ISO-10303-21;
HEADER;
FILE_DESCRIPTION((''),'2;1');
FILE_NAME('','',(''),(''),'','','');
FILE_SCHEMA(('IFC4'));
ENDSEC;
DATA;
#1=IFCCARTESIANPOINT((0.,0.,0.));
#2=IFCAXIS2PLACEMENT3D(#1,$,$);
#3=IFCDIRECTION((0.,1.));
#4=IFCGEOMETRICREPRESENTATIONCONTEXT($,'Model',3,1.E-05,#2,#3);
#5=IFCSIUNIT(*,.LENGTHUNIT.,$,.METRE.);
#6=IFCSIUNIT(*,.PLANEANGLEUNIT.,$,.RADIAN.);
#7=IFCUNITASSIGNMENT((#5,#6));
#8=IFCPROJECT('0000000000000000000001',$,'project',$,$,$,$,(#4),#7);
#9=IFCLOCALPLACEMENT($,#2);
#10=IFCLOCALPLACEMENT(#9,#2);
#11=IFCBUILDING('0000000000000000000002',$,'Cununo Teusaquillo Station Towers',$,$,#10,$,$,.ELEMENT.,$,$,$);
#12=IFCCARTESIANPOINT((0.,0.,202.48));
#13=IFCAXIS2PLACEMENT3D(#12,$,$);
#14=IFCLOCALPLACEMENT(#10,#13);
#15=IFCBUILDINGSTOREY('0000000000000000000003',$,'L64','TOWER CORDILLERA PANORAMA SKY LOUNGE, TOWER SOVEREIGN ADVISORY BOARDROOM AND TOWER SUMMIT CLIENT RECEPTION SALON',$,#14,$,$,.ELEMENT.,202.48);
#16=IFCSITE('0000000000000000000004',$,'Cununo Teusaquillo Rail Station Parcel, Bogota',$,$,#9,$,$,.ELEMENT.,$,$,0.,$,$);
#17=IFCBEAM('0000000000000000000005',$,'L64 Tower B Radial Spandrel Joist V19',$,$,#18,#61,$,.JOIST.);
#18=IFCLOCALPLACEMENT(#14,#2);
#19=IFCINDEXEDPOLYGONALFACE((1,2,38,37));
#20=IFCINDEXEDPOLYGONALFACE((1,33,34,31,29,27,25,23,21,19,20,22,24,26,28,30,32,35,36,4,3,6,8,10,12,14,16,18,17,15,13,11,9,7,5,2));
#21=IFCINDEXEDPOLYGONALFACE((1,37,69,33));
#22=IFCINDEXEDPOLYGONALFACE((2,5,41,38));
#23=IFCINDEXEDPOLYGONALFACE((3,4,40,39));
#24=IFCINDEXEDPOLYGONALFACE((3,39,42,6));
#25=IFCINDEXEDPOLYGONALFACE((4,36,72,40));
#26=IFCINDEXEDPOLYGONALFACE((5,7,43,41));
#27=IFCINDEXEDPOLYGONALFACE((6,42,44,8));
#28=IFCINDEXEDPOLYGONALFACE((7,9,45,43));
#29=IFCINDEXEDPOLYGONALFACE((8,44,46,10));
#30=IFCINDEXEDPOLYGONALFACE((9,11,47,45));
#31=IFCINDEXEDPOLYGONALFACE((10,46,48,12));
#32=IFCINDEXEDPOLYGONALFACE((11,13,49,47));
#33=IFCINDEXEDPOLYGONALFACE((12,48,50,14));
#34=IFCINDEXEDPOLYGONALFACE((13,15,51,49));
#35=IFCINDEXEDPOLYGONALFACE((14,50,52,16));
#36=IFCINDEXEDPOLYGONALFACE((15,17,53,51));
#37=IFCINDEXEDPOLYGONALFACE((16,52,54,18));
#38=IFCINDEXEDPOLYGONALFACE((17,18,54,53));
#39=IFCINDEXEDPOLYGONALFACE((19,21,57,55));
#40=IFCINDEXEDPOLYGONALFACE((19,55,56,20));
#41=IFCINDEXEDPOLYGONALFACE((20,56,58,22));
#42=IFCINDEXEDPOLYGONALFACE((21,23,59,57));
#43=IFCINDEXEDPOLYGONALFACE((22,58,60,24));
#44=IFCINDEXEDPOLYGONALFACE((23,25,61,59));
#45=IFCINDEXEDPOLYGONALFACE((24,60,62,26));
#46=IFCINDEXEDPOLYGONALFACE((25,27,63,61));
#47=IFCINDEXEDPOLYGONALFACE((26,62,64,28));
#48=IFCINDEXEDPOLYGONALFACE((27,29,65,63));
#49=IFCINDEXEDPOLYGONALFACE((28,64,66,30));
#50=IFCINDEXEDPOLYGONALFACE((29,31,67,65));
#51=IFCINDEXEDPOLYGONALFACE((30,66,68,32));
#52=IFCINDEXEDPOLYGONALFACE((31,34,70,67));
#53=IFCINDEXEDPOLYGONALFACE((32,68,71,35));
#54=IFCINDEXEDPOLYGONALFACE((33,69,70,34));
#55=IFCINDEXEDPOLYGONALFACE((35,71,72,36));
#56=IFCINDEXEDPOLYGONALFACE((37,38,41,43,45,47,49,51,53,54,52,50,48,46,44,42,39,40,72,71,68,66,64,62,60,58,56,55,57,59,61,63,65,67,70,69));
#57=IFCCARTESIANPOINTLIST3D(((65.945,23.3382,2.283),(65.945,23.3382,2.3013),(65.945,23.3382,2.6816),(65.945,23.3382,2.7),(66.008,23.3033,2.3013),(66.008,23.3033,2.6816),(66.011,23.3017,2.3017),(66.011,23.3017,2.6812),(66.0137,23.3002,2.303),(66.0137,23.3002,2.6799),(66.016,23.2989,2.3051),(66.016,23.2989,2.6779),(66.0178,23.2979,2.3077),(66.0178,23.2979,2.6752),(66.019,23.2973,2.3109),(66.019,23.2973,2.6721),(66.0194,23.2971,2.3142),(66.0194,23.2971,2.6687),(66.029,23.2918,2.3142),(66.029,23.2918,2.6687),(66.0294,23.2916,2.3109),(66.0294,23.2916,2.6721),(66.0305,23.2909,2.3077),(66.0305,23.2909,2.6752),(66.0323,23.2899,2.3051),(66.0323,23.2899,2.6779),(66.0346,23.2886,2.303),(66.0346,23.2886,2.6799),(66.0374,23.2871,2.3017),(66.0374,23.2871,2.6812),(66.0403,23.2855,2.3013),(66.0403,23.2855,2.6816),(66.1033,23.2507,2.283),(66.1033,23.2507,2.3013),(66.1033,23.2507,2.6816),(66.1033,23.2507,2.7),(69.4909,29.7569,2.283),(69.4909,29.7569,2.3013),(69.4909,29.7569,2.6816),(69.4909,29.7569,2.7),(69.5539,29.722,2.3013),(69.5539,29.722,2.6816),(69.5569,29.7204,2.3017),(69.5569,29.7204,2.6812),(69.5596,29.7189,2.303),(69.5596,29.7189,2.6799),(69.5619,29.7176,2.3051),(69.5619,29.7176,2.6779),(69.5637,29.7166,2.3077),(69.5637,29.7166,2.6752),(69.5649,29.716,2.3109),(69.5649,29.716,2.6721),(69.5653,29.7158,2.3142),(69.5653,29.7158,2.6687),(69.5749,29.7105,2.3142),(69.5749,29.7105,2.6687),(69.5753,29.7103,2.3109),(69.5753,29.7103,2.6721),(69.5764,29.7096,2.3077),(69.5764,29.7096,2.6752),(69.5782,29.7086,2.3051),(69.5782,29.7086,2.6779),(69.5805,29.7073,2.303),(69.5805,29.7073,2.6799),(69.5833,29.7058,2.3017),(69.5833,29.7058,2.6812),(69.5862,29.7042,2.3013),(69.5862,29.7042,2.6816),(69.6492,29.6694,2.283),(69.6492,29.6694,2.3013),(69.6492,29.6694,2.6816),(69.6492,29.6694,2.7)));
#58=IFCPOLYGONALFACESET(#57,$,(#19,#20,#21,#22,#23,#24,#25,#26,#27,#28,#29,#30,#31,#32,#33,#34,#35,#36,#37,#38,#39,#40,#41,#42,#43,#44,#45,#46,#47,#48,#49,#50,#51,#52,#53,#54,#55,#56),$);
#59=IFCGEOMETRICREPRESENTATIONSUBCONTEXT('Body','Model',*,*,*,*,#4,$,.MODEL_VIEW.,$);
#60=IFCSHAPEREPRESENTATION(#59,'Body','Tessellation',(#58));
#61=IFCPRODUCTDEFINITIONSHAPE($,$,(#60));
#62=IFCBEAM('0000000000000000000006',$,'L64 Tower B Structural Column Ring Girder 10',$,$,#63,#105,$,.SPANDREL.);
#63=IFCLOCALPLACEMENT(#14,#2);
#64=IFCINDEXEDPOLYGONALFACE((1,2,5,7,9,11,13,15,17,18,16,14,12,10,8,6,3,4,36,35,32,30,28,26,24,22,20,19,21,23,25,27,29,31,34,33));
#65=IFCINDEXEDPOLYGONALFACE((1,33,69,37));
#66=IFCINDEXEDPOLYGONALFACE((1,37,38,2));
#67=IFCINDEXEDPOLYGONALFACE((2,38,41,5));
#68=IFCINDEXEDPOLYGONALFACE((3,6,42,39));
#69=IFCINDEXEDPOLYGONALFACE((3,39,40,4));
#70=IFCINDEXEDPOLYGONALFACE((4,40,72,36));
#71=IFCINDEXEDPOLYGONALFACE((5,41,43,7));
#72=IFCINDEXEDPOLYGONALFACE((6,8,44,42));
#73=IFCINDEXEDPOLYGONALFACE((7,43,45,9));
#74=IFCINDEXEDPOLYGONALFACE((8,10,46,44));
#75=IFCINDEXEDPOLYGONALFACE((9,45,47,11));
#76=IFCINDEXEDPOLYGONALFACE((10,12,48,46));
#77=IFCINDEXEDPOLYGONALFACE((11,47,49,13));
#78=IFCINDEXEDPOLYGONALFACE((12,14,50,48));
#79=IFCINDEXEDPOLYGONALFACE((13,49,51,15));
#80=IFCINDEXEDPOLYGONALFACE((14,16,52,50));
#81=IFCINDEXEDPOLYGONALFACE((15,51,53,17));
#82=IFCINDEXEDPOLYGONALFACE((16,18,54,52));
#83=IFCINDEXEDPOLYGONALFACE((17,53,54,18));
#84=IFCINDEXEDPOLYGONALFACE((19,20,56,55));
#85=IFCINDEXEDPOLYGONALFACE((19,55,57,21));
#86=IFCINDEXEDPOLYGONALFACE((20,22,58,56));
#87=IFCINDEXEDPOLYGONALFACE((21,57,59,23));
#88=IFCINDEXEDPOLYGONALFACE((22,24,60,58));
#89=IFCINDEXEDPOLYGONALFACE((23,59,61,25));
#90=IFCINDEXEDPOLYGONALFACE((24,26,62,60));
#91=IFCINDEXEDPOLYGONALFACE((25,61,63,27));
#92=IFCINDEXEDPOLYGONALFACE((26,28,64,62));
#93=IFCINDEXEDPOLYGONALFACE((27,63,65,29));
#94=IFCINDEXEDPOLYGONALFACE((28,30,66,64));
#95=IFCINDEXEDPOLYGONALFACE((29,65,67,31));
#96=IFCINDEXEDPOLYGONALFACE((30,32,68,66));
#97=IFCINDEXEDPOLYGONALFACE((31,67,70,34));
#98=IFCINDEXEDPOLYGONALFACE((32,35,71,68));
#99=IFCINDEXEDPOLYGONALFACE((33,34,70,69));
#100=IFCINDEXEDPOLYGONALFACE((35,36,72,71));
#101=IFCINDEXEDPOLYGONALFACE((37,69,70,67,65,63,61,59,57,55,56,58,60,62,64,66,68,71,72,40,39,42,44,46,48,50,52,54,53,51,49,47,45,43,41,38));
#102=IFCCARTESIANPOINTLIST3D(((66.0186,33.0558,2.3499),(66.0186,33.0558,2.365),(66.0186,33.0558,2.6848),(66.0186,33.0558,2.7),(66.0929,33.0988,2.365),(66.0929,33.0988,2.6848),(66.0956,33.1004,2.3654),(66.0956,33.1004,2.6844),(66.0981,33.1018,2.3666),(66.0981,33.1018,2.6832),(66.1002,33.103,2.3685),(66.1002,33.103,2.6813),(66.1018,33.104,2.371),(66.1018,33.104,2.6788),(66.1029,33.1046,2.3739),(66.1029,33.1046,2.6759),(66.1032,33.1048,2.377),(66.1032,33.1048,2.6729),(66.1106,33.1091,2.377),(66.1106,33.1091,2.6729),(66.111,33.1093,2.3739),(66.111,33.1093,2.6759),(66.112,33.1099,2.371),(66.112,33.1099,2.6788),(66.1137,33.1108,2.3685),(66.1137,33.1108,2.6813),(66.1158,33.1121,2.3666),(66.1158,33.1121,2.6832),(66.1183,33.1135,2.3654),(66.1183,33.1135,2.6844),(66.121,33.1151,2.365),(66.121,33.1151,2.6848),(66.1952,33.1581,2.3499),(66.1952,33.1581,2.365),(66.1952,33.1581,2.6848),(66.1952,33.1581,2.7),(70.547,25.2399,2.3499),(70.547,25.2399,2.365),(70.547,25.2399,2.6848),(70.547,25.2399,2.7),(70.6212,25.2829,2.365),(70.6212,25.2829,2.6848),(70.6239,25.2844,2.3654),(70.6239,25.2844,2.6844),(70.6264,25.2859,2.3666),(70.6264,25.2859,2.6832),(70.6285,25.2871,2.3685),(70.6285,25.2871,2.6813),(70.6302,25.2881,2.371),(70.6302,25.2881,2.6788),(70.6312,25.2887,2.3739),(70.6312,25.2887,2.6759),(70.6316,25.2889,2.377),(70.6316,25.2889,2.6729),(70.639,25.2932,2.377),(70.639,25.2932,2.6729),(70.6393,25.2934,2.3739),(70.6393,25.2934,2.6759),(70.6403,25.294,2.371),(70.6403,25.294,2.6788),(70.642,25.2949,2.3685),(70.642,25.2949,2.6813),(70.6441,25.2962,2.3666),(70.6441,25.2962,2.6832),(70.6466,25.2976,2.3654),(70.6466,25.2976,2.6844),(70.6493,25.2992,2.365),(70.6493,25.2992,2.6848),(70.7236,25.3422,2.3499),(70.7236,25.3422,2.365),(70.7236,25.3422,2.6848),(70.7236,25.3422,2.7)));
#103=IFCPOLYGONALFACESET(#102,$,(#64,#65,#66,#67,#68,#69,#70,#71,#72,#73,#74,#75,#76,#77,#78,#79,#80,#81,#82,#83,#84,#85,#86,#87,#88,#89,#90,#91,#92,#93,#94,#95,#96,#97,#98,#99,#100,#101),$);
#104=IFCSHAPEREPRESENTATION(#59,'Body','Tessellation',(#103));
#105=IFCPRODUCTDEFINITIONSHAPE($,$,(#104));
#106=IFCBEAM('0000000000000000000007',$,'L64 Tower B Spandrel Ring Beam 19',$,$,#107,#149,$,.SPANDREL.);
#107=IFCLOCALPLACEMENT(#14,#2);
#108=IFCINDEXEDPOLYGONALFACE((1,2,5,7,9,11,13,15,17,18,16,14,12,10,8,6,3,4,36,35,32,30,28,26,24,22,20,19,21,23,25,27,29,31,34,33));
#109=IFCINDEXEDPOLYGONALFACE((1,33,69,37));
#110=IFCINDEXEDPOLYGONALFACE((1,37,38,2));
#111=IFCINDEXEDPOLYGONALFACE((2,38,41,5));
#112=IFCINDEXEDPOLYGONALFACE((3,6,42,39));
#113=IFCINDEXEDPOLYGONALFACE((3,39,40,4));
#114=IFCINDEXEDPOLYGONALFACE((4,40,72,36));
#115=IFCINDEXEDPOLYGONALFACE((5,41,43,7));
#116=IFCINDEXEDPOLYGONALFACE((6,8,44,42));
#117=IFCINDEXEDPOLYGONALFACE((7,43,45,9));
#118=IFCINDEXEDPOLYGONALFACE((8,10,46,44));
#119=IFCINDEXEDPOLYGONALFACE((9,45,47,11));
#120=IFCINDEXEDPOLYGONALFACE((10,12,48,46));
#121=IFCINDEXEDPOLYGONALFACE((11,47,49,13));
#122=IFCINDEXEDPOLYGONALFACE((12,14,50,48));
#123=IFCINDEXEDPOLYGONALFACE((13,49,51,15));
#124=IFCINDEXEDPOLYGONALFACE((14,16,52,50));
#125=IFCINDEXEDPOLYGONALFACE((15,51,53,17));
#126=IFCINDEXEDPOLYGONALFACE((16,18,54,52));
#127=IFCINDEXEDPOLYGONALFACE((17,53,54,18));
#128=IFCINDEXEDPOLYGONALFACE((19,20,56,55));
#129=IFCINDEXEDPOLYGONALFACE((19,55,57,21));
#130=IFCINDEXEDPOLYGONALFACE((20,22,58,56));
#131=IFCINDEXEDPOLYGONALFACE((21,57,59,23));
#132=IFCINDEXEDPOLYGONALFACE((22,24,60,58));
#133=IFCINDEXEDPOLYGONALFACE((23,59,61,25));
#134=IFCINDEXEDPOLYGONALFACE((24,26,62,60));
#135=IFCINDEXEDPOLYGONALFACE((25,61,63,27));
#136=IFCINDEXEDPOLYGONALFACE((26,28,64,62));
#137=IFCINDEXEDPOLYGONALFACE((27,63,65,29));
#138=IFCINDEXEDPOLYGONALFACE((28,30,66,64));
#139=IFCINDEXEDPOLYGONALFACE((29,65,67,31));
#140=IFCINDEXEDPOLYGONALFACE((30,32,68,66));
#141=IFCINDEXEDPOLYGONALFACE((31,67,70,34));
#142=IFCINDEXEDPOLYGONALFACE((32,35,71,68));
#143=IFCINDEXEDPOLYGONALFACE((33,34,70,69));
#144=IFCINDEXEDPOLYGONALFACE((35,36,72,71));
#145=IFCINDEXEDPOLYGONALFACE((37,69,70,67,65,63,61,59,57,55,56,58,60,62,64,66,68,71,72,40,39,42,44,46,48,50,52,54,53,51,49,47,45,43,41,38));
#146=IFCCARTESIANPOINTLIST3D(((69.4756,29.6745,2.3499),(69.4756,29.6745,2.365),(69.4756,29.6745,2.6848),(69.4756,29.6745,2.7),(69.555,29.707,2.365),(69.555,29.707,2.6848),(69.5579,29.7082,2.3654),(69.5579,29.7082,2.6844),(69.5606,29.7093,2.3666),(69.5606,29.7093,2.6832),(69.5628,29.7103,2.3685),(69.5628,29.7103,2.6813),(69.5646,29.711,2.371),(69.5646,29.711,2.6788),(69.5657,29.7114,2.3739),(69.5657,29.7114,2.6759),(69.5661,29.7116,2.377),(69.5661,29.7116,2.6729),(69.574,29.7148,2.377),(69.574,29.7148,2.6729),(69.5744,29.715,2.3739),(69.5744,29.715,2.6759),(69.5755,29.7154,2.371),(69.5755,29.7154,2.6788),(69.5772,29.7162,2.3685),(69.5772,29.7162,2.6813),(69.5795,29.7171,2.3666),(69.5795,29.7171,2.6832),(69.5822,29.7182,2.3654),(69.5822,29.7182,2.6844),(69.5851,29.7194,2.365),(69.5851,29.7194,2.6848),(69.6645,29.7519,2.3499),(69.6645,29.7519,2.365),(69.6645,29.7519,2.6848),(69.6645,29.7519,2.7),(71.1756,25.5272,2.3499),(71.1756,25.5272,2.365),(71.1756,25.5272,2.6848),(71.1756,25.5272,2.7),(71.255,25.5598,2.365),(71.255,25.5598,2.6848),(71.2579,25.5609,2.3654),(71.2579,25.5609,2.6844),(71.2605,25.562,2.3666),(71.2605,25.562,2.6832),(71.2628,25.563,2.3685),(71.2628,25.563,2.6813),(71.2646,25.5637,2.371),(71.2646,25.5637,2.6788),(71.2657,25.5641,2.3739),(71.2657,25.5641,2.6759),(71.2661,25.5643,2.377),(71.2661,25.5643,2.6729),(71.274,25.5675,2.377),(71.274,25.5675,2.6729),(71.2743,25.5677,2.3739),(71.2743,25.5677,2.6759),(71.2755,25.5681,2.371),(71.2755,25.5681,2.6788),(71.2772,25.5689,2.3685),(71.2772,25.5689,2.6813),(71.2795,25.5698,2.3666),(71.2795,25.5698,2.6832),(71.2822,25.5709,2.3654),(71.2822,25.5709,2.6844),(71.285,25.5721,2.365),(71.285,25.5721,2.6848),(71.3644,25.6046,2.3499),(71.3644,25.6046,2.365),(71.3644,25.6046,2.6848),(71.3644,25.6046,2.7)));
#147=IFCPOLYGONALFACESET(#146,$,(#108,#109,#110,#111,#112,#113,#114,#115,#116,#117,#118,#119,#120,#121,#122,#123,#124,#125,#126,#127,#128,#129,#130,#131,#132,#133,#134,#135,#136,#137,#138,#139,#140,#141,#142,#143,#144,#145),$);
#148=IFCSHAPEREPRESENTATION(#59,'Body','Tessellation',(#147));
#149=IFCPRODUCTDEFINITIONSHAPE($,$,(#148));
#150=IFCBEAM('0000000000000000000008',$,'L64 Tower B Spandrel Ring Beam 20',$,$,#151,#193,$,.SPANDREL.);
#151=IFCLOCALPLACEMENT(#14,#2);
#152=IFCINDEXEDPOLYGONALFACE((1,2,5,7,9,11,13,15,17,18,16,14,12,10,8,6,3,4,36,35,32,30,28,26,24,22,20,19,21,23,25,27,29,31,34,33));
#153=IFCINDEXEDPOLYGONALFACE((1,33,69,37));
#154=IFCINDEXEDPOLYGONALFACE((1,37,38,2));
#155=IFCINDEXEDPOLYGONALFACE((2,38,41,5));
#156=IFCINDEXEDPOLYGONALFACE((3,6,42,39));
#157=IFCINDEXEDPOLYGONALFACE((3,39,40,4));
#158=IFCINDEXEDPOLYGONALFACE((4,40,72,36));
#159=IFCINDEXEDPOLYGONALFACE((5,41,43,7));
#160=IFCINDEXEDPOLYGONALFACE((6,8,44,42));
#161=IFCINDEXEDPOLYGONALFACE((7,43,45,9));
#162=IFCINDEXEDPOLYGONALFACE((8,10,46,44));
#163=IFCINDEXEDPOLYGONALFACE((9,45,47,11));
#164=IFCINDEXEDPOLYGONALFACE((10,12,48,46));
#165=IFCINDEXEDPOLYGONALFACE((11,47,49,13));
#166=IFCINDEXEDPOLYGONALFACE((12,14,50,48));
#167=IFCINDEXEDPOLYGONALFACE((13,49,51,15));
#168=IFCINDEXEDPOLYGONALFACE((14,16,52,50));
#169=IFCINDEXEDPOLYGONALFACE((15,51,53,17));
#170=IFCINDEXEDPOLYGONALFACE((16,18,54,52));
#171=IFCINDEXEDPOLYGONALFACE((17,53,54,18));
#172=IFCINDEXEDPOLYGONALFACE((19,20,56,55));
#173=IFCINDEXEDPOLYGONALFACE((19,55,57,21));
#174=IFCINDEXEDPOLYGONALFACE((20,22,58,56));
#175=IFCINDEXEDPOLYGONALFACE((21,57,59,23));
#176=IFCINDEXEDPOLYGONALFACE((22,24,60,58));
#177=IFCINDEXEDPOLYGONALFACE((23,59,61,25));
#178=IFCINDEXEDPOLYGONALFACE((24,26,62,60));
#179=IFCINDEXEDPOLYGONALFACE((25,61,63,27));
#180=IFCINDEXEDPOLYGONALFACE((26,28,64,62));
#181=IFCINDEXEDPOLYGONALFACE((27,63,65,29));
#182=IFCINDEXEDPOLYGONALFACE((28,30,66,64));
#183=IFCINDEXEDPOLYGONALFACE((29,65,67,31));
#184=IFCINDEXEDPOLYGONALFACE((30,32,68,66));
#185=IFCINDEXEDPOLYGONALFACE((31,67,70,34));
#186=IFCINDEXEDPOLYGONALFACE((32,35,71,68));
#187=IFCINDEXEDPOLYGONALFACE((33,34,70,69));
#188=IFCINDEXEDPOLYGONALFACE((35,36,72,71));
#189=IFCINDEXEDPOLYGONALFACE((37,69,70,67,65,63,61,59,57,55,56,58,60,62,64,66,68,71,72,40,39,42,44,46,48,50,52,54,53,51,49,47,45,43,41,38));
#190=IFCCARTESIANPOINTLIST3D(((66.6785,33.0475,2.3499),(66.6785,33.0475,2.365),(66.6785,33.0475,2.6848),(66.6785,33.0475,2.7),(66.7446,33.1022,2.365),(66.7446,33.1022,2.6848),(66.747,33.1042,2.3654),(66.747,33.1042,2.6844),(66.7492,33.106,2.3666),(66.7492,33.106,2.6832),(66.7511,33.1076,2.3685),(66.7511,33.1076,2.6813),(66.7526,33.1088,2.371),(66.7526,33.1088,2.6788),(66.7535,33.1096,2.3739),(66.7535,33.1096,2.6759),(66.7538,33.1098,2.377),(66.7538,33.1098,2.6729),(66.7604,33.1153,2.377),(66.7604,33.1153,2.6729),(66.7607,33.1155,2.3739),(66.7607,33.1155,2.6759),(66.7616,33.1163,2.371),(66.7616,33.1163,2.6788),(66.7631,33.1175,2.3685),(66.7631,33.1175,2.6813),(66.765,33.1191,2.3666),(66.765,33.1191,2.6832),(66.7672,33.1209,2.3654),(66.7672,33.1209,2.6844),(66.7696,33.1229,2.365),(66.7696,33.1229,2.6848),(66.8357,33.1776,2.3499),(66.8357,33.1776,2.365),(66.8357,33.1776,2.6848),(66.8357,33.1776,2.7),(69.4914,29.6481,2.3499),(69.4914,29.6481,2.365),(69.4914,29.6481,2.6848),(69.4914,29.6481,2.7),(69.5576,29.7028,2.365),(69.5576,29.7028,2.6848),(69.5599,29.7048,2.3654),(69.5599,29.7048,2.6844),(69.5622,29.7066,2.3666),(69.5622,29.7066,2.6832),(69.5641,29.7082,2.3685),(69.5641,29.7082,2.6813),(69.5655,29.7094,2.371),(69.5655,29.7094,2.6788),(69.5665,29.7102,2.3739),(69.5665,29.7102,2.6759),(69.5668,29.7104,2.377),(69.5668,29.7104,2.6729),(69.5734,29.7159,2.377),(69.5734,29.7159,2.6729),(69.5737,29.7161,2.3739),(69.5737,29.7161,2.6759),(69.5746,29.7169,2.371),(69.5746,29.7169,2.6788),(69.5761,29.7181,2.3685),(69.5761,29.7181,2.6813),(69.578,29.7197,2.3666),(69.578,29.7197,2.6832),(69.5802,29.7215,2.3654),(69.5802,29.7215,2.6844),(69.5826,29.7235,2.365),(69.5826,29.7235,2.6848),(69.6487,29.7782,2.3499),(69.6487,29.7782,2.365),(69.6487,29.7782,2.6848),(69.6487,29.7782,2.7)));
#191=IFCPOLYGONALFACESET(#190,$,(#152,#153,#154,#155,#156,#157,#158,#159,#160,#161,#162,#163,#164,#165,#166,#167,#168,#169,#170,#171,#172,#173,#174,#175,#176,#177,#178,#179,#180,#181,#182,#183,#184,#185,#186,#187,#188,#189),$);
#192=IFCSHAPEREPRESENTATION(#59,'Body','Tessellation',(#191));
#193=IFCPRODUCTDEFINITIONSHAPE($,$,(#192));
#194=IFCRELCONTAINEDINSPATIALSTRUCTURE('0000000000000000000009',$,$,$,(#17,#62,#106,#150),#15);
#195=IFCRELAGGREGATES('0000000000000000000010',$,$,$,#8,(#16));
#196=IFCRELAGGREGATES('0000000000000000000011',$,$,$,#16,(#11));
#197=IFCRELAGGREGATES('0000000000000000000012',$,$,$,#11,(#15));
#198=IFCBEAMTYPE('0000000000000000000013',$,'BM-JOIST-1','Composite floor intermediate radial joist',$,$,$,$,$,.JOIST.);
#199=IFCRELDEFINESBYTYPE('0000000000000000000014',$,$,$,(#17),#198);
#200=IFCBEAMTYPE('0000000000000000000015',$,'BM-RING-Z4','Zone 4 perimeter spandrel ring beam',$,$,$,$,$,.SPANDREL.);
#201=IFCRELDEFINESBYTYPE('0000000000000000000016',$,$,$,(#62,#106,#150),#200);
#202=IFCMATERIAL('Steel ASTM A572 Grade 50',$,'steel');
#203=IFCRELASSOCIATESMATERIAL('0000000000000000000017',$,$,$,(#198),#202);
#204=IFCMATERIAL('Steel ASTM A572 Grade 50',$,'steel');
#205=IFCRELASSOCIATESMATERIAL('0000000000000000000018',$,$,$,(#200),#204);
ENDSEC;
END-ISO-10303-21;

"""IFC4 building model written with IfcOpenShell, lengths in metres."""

from ifc_helpers import new_model, si_unit, direction, frame, origin, origin_2d, place, context, subcontext, project, spatial, i_section, extrude, material, material_profile, profile_set, type_object, element, save


model = new_model("IFC4")

# Units and contexts
model_context = context("Model", 3, precision=1e-05, world=origin(), true_north=direction((0.0, 1.0)))
body_context = subcontext(model_context, "Body", "Model", "MODEL_VIEW")
ifc_project = project(units=[si_unit("LENGTHUNIT", "METRE"), si_unit("PLANEANGLEUNIT", "RADIAN")], contexts=[model_context])

# Site, building, storey
site_placement = place(None, origin())
site = spatial("IfcSite", under=ifc_project, at=site_placement, Name="Cununo Teusaquillo Rail Station Parcel, Bogota", CompositionType="ELEMENT", RefElevation=0.0)
building_placement = place(site_placement, origin())
building = spatial("IfcBuilding", under=site, at=building_placement, Name="Cununo Teusaquillo Station Towers", CompositionType="ELEMENT")
storey_placement = place(building_placement, frame((0.0, 0.0, 202.48)))
storey = spatial("IfcBuildingStorey", under=building, at=storey_placement, Name="L64", Description="TOWER CORDILLERA PANORAMA SKY LOUNGE, TOWER SOVEREIGN ADVISORY BOARDROOM AND TOWER SUMMIT CLIENT RECEPTION SALON", CompositionType="ELEMENT", Elevation=202.48)

# Beams
ifc_material_1 = material(Name="Steel ASTM A572 Grade 50", Category="steel")
ifc_material_profile_1 = material_profile(ifc_material_1, i_section(OverallWidth=0.1809, OverallDepth=0.417, WebThickness=0.011, FlangeThickness=0.0183, FilletRadius=0.0129, at=origin_2d()), Name="W16X57")
ifc_profile_set_1 = profile_set([ifc_material_profile_1], Name="Steel ASTM A572 Grade 50")
beam_type_1 = type_object("IfcBeamType", Name="BM-JOIST-1", Description="Composite floor intermediate radial joist", PredefinedType="JOIST", material=ifc_profile_set_1)
beam_1_placement = place(storey_placement, frame((66.0242, 23.2944, 2.4915), z_axis=(0.483553, 0.875315, 0.0), x_axis=(-0.875315, 0.483553, 0.0)))
element("IfcBeam", 1, at=beam_1_placement, inside=storey, type_object=beam_type_1, Name="L64 Tower B Radial Spandrel Joist V19", PredefinedType="JOIST", context=body_context, shape_type="SweptSolid", body=[
    extrude(i_section(OverallWidth=0.1809, OverallDepth=0.417, WebThickness=0.011, FlangeThickness=0.0183, FilletRadius=0.0129, at=origin_2d()), origin(), (0.0, 0.0, 1.0), 7.333),
])
ifc_material_2 = material(Name="Steel ASTM A572 Grade 50", Category="steel")
ifc_material_profile_2 = material_profile(ifc_material_2, i_section(OverallWidth=0.2041, OverallDepth=0.3501, WebThickness=0.0085, FlangeThickness=0.0151, FilletRadius=0.012, at=origin_2d()), Name="W14X48")
ifc_profile_set_2 = profile_set([ifc_material_profile_2], Name="Steel ASTM A572 Grade 50")
beam_type_2 = type_object("IfcBeamType", Name="BM-RING-Z4", Description="Zone 4 perimeter spandrel ring beam", PredefinedType="SPANDREL", material=ifc_profile_set_2)
beam_2_placement = place(storey_placement, frame((70.6353, 25.291, 2.5249), z_axis=(-0.501311, 0.865267, 0.0), x_axis=(-0.865267, -0.501311, 0.0)))
element("IfcBeam", 2, at=beam_2_placement, inside=storey, type_object=beam_type_2, Name="L64 Tower B Structural Column Ring Girder 10", PredefinedType="SPANDREL", context=body_context, shape_type="SweptSolid", body=[
    extrude(i_section(OverallWidth=0.2041, OverallDepth=0.3501, WebThickness=0.0085, FlangeThickness=0.0151, FilletRadius=0.012, at=origin_2d()), origin(), (0.0, 0.0, 1.0), 9.033),
])
beam_3_placement = place(storey_placement, frame((71.27, 25.5659, 2.5249), z_axis=(-0.379275, 0.925284, 0.0), x_axis=(-0.925284, -0.379275, 0.0)))
element("IfcBeam", 3, at=beam_3_placement, inside=storey, type_object=beam_type_2, Name="L64 Tower B Spandrel Ring Beam 19", PredefinedType="SPANDREL", context=body_context, shape_type="SweptSolid", body=[
    extrude(i_section(OverallWidth=0.2041, OverallDepth=0.3501, WebThickness=0.0085, FlangeThickness=0.0151, FilletRadius=0.012, at=origin_2d()), origin(), (0.0, 0.0, 1.0), 4.4822),
])
beam_4_placement = place(storey_placement, frame((69.5701, 29.7131, 2.5249), z_axis=(-0.637525, 0.77043, 0.0), x_axis=(-0.77043, -0.637525, 0.0)))
element("IfcBeam", 4, at=beam_4_placement, inside=storey, type_object=beam_type_2, Name="L64 Tower B Spandrel Ring Beam 20", PredefinedType="SPANDREL", context=body_context, shape_type="SweptSolid", body=[
    extrude(i_section(OverallWidth=0.2041, OverallDepth=0.3501, WebThickness=0.0085, FlangeThickness=0.0151, FilletRadius=0.012, at=origin_2d()), origin(), (0.0, 0.0, 1.0), 4.4124),
])

save(model, "model.ifc")
